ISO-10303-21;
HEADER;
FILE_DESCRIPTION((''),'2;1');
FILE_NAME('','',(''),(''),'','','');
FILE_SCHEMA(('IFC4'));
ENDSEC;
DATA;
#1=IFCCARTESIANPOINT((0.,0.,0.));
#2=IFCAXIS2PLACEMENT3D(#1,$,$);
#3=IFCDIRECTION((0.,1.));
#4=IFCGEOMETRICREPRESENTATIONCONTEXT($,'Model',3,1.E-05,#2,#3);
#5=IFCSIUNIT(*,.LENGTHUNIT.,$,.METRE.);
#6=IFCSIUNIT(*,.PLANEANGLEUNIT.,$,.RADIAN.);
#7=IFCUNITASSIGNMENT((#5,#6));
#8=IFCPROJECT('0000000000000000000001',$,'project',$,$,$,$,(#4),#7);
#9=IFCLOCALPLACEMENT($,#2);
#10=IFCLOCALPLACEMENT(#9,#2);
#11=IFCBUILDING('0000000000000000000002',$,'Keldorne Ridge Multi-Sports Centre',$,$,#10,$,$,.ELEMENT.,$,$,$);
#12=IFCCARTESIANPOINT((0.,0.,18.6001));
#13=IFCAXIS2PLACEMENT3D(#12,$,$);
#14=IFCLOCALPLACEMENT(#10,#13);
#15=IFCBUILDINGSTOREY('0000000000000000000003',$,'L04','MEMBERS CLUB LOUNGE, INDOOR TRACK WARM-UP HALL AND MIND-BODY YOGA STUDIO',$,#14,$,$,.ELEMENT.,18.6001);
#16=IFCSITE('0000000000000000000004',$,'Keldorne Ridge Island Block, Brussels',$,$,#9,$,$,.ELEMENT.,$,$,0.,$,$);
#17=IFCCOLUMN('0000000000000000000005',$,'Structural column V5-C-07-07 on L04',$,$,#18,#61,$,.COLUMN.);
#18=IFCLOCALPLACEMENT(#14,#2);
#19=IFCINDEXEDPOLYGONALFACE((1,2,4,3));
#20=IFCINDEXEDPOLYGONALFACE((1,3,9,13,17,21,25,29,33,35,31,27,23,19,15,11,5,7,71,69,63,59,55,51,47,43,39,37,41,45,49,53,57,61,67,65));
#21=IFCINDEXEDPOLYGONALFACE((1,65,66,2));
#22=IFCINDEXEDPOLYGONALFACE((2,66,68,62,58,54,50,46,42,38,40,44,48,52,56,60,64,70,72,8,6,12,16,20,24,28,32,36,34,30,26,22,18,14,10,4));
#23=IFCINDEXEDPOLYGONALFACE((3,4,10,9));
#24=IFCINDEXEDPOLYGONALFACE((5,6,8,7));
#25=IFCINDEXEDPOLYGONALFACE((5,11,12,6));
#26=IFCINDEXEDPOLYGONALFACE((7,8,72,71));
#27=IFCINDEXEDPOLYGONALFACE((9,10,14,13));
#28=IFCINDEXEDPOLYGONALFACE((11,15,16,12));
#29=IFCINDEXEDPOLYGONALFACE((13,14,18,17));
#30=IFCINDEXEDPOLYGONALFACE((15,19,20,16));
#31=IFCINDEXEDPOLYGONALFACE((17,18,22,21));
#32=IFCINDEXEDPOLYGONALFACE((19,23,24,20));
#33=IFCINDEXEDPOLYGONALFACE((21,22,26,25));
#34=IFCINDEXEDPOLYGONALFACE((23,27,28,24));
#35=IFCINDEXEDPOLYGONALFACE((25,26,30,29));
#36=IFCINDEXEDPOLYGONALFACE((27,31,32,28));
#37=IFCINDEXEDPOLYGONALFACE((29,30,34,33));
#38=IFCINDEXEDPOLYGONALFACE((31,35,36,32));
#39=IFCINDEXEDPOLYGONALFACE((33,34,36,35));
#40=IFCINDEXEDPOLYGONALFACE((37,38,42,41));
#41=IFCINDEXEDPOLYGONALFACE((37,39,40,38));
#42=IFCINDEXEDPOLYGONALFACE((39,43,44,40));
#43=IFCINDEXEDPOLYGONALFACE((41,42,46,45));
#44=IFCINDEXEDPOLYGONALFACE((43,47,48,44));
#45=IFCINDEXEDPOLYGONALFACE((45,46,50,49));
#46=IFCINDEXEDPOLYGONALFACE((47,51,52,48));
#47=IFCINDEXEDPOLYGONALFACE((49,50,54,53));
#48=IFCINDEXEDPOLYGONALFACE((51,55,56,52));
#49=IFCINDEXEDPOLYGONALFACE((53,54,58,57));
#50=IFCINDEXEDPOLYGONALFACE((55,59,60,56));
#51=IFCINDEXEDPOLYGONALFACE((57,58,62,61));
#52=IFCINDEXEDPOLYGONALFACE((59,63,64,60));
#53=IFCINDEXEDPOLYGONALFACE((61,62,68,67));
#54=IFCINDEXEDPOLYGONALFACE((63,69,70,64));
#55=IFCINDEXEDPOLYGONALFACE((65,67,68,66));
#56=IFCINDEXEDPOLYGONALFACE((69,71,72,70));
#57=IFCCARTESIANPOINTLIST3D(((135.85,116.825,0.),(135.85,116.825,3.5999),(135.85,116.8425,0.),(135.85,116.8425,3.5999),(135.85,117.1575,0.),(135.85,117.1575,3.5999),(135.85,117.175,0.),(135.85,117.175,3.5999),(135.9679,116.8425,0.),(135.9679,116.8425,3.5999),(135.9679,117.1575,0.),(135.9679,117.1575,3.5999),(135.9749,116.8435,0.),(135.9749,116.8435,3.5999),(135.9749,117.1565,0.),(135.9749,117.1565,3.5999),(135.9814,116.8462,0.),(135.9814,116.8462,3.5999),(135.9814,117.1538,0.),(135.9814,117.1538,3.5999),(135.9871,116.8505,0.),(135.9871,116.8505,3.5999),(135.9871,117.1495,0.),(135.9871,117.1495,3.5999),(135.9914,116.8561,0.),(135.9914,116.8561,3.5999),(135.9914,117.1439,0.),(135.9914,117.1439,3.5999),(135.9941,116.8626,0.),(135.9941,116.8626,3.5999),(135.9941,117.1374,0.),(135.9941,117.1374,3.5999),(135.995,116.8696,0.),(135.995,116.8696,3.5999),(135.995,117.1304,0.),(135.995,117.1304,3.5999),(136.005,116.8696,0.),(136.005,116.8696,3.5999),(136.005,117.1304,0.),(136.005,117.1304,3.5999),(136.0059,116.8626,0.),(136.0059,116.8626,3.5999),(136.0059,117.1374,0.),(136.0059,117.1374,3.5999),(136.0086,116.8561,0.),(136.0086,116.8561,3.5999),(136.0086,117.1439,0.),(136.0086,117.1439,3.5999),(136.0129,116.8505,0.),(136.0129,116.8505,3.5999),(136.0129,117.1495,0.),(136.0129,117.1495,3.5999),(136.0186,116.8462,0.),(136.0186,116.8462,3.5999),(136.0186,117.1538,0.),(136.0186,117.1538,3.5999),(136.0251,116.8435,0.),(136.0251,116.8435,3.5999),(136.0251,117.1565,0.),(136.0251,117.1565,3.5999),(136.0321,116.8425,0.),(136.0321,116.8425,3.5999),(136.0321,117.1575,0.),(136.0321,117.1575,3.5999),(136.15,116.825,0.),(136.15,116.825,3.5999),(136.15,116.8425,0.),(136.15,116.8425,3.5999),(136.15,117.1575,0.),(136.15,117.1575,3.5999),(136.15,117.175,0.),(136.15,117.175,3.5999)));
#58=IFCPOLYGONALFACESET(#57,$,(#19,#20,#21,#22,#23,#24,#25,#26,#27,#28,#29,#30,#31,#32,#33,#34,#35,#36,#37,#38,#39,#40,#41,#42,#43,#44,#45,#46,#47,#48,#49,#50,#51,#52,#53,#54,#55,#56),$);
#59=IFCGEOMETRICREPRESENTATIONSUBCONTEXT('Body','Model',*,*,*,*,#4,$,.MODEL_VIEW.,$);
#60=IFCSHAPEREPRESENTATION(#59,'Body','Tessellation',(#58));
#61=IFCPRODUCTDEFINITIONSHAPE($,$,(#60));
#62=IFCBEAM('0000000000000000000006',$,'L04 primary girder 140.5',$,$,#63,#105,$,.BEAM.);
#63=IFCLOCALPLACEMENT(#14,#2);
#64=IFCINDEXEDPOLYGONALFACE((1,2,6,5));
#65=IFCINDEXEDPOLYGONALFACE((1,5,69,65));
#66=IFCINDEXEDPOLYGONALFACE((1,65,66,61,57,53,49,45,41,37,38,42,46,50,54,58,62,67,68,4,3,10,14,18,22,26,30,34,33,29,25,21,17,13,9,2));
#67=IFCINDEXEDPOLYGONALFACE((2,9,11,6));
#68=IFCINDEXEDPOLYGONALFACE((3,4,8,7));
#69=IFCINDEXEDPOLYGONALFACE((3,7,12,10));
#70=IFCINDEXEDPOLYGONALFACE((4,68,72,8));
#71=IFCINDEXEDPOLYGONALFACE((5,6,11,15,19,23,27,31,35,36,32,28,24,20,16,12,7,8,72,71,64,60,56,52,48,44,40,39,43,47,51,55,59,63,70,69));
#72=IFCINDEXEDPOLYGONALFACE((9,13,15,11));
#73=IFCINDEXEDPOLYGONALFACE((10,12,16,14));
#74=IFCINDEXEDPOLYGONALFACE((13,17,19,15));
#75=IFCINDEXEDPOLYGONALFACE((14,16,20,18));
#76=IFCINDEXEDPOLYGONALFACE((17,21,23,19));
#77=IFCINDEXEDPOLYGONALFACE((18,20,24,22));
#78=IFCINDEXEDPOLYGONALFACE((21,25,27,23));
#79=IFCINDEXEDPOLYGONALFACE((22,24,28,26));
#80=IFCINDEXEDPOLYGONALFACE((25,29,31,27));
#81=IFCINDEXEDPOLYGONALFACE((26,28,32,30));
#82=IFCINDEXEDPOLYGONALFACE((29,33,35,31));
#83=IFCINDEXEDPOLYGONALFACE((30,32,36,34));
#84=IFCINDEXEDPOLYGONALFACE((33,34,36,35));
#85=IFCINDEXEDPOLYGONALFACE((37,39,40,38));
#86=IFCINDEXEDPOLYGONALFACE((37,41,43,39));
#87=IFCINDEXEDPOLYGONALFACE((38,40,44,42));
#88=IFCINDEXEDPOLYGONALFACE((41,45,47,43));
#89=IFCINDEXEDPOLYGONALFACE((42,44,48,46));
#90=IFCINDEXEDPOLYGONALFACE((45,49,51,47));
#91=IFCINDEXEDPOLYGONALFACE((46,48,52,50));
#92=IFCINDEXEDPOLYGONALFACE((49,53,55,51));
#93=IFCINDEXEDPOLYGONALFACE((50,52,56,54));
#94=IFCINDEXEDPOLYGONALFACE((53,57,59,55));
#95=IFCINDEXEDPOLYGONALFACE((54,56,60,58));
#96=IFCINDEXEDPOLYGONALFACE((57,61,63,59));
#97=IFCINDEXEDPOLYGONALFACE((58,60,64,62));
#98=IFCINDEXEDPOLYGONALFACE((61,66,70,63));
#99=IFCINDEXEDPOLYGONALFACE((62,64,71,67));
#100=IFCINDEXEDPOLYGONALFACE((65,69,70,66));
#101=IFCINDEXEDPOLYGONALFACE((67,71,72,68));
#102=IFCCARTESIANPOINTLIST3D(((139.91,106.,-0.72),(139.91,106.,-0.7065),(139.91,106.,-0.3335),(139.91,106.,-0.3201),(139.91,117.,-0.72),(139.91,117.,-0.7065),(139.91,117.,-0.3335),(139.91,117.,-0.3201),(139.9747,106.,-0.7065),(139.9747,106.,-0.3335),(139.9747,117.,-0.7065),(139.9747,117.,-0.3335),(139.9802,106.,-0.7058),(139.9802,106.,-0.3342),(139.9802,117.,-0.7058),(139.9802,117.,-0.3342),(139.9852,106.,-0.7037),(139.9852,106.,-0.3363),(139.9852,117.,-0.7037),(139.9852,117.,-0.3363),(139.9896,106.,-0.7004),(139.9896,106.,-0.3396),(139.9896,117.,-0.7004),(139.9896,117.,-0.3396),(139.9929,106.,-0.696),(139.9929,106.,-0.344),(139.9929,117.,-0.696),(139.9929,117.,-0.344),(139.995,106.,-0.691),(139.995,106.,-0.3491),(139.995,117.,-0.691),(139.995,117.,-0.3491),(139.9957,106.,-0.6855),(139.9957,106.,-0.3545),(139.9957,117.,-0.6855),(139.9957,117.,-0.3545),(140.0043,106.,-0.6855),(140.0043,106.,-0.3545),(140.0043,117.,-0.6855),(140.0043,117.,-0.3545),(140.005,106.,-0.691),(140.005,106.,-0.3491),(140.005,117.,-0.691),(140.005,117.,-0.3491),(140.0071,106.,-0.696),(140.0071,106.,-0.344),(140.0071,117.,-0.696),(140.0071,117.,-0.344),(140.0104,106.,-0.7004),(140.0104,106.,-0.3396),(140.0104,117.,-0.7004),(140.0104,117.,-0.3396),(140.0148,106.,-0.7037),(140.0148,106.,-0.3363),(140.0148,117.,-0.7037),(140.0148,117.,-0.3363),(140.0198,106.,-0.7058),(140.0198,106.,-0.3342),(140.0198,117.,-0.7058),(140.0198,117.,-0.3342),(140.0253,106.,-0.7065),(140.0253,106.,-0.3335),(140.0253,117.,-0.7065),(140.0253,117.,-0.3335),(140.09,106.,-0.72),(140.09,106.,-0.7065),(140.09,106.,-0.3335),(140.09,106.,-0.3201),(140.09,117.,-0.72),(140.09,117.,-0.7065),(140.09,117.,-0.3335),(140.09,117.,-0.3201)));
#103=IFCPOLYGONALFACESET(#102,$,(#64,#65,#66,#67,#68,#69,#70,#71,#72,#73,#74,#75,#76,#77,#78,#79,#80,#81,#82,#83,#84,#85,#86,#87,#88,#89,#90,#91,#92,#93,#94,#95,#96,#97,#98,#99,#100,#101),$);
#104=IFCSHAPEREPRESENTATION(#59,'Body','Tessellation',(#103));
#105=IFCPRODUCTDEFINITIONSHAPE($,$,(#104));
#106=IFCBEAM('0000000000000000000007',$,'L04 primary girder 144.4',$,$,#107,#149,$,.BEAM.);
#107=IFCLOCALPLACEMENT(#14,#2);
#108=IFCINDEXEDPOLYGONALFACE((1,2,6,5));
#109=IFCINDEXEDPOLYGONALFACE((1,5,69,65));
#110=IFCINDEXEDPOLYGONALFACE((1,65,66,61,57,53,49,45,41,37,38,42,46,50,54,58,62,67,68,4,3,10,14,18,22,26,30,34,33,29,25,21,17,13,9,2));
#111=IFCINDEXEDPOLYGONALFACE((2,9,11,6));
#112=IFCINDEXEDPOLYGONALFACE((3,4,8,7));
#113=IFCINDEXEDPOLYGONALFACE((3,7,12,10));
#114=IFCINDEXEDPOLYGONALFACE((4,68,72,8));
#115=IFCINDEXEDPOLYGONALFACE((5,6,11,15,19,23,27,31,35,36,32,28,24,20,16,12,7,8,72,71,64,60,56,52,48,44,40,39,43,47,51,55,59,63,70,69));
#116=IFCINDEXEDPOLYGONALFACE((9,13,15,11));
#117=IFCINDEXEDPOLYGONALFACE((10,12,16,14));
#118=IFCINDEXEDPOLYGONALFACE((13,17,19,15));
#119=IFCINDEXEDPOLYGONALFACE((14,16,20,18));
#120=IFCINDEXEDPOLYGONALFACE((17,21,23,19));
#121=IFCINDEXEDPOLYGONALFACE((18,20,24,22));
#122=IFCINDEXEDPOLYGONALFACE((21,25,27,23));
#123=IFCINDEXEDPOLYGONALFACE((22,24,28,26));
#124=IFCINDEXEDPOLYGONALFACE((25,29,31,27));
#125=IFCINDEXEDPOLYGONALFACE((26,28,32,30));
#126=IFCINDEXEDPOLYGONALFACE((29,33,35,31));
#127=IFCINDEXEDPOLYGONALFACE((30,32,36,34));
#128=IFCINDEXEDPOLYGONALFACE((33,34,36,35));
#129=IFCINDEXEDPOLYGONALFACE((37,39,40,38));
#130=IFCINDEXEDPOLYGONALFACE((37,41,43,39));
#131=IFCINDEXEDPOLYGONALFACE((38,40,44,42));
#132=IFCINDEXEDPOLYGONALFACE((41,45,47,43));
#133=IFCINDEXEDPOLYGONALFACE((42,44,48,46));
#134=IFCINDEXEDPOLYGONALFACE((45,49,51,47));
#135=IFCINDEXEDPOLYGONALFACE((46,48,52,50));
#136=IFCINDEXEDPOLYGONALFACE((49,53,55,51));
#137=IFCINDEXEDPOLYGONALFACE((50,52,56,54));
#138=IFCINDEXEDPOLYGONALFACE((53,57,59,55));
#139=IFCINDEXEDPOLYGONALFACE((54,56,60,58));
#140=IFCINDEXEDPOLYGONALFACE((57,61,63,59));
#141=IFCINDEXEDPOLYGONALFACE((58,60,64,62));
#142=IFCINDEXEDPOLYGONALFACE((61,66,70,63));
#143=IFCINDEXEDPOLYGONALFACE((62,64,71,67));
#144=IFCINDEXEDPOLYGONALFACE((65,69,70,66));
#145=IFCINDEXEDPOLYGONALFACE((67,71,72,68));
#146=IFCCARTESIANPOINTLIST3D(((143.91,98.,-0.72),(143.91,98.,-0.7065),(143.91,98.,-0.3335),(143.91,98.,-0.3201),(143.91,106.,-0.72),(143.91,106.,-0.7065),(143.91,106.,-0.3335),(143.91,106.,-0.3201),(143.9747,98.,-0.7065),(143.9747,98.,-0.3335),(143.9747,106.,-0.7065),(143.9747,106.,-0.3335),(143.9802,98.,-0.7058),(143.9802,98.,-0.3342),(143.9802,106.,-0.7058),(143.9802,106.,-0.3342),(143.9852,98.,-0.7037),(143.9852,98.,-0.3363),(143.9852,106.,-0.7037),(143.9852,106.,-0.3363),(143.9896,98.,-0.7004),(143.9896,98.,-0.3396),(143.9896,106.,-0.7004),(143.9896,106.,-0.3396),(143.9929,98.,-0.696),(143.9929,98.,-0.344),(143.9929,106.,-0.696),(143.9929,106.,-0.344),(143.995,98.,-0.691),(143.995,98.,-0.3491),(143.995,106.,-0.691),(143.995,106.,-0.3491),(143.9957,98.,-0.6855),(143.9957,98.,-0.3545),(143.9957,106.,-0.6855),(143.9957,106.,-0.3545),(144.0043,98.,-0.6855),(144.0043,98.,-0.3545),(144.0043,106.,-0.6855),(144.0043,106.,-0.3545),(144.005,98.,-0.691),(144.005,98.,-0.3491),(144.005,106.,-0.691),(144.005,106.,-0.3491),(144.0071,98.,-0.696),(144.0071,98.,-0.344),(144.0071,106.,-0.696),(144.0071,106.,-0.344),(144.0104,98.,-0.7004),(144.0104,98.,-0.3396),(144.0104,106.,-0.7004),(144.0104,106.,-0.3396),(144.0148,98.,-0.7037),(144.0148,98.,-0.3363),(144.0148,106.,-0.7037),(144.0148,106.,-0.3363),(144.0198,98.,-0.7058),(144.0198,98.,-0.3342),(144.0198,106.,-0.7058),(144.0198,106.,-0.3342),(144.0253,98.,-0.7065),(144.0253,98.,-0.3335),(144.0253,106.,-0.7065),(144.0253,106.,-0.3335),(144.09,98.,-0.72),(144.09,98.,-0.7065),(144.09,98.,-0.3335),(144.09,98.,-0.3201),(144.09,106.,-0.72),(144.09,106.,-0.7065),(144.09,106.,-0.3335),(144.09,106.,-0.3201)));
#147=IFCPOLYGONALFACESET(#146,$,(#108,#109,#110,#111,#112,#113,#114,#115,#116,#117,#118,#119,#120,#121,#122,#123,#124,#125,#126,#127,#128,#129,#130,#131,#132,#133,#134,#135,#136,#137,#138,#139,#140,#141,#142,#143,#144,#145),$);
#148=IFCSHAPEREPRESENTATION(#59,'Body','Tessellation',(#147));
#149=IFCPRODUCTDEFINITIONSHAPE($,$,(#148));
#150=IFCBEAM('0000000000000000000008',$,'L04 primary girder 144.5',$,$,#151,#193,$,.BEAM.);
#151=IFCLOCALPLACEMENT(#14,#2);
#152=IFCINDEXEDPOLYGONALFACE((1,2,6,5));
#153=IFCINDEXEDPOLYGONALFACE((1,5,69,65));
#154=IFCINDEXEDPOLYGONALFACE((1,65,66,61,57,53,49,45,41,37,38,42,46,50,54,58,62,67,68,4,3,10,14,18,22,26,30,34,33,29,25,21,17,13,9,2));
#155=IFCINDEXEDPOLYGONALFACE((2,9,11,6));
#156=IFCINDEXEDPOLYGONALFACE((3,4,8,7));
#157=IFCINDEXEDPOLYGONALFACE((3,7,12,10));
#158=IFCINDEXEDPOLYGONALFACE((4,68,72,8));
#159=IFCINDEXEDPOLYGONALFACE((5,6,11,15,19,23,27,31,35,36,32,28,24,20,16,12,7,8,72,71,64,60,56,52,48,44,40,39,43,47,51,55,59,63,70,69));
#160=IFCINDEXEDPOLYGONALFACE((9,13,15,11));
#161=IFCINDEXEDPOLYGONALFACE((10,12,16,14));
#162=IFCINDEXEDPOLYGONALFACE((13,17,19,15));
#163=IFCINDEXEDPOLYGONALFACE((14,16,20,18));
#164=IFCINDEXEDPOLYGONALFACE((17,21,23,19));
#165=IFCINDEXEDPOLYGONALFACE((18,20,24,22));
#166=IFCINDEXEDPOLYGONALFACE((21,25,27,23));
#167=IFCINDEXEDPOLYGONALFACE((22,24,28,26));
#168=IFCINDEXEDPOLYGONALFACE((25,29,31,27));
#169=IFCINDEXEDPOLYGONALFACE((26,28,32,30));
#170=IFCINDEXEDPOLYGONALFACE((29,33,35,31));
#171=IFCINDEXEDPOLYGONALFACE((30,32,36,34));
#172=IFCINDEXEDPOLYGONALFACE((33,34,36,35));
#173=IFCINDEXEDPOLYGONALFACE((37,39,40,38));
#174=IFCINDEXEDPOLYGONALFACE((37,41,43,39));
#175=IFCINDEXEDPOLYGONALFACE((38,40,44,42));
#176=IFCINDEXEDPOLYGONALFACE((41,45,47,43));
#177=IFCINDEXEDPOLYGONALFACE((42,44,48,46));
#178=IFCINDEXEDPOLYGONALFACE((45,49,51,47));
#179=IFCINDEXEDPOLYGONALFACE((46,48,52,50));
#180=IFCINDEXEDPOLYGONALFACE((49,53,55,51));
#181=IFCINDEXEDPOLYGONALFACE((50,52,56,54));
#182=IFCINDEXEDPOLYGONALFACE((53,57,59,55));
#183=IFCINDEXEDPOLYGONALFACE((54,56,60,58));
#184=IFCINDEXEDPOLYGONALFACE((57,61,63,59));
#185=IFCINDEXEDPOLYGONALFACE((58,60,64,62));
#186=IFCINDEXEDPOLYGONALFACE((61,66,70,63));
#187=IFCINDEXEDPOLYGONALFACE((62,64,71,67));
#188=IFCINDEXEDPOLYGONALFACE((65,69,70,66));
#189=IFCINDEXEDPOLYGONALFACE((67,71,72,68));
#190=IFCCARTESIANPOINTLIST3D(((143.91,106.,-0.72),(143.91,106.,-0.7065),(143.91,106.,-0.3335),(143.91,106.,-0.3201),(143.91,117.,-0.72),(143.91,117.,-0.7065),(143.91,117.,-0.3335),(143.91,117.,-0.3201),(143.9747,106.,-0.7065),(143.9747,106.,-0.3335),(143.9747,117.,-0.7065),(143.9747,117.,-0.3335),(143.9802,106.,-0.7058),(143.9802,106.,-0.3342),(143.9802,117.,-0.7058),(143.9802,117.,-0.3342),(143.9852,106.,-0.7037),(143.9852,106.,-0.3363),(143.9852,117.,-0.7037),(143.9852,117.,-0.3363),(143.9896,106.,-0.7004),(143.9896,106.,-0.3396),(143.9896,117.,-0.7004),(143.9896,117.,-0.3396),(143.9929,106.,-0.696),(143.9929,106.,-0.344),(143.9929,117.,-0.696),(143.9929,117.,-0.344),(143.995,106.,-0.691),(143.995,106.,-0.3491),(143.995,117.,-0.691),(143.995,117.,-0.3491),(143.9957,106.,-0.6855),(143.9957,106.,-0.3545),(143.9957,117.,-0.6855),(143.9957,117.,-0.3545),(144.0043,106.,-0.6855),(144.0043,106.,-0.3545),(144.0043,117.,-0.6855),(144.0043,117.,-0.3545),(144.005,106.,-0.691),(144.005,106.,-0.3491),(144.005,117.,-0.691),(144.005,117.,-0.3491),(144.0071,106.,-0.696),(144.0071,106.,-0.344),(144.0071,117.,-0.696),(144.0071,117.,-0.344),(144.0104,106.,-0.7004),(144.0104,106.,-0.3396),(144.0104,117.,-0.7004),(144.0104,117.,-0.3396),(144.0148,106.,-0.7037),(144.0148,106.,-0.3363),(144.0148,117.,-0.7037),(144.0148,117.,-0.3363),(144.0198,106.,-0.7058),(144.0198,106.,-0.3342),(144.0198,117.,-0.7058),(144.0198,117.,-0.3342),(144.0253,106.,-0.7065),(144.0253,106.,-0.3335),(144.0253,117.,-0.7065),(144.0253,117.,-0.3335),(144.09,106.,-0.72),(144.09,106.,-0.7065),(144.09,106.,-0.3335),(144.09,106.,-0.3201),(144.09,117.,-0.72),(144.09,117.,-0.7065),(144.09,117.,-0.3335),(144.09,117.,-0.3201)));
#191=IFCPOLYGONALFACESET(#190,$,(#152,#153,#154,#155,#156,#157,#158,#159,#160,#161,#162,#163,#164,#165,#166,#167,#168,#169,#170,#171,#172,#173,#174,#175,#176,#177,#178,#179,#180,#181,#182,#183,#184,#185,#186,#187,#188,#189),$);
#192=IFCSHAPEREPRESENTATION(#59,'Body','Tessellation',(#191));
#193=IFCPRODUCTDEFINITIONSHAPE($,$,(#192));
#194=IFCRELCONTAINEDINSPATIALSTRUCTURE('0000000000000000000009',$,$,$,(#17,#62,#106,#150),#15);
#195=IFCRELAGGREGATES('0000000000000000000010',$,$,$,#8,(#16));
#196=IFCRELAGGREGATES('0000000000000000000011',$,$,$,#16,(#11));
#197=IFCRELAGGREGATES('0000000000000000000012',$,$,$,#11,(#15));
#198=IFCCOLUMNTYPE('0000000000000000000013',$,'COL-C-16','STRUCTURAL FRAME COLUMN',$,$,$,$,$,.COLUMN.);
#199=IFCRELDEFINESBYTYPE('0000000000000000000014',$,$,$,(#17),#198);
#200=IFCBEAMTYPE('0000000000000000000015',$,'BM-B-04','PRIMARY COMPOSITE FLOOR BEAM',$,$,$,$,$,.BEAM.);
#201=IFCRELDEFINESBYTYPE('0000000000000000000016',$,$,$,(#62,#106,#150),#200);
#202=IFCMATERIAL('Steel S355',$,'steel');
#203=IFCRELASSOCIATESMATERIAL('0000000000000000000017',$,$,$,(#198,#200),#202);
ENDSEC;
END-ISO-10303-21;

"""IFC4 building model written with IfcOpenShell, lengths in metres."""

from ifc_helpers import new_model, si_unit, direction, frame, origin, origin_2d, place, context, subcontext, project, spatial, i_section, extrude, material, material_profile, profile_set, type_object, element, save


model = new_model("IFC4")

# Units and contexts
model_context = context("Model", 3, precision=1e-05, world=origin(), true_north=direction((0.0, 1.0)))
body_context = subcontext(model_context, "Body", "Model", "MODEL_VIEW")
ifc_project = project(units=[si_unit("LENGTHUNIT", "METRE"), si_unit("PLANEANGLEUNIT", "RADIAN")], contexts=[model_context])

# Site, building, storey
site_placement = place(None, origin())
site = spatial("IfcSite", under=ifc_project, at=site_placement, Name="Keldorne Ridge Island Block, Brussels", CompositionType="ELEMENT", RefElevation=0.0)
building_placement = place(site_placement, origin())
building = spatial("IfcBuilding", under=site, at=building_placement, Name="Keldorne Ridge Multi-Sports Centre", CompositionType="ELEMENT")
storey_placement = place(building_placement, frame((0.0, 0.0, 18.6001)))
storey = spatial("IfcBuildingStorey", under=building, at=storey_placement, Name="L04", Description="MEMBERS CLUB LOUNGE, INDOOR TRACK WARM-UP HALL AND MIND-BODY YOGA STUDIO", CompositionType="ELEMENT", Elevation=18.6001)

# Column
ifc_material_1 = material(Name="Steel S355", Category="steel")
ifc_material_profile_1 = material_profile(ifc_material_1, i_section(OverallWidth=0.3, OverallDepth=0.3501, WebThickness=0.01, FlangeThickness=0.0176, FilletRadius=0.0271, at=origin_2d()), Name="HEA 360")
ifc_profile_set_1 = profile_set([ifc_material_profile_1], Name="Steel S355")
column_type = type_object("IfcColumnType", Name="COL-C-16", Description="STRUCTURAL FRAME COLUMN", PredefinedType="COLUMN", material=ifc_profile_set_1)
column_placement = place(storey_placement, frame((136.0, 117.0, 0.0), z_axis=(0.0, 0.0, 1.0), x_axis=(1.0, 0.0, 0.0)))
element("IfcColumn", 1, at=column_placement, inside=storey, type_object=column_type, Name="Structural column V5-C-07-07 on L04", PredefinedType="COLUMN", context=body_context, shape_type="SweptSolid", body=[
    extrude(i_section(OverallWidth=0.3, OverallDepth=0.3501, WebThickness=0.01, FlangeThickness=0.0176, FilletRadius=0.0271, at=origin_2d()), origin(), (0.0, 0.0, 1.0), 3.5999),
])

# Beams
ifc_material_profile_2 = material_profile(ifc_material_1, i_section(OverallWidth=0.1799, OverallDepth=0.3999, WebThickness=0.0085, FlangeThickness=0.0134, FilletRadius=0.021, at=origin_2d()), Name="IPE 400")
ifc_profile_set_2 = profile_set([ifc_material_profile_2], Name="Steel S355")
beam_type_1 = type_object("IfcBeamType", Name="BM-B-04", Description="PRIMARY COMPOSITE FLOOR BEAM", PredefinedType="BEAM", material=ifc_profile_set_2)
beam_1_placement = place(storey_placement, frame((140.0, 106.0, -0.52), z_axis=(0.0, 1.0, 0.0), x_axis=(-1.0, 0.0, 0.0)))
element("IfcBeam", 2, at=beam_1_placement, inside=storey, type_object=beam_type_1, Name="L04 primary girder 140.5", PredefinedType="BEAM", context=body_context, shape_type="SweptSolid", body=[
    extrude(i_section(OverallWidth=0.1799, OverallDepth=0.3999, WebThickness=0.0085, FlangeThickness=0.0134, FilletRadius=0.021, at=origin_2d()), origin(), (0.0, 0.0, 1.0), 11.0),
])
beam_2_placement = place(storey_placement, frame((144.0, 98.0, -0.52), z_axis=(0.0, 1.0, 0.0), x_axis=(-1.0, 0.0, 0.0)))
element("IfcBeam", 3, at=beam_2_placement, inside=storey, type_object=beam_type_1, Name="L04 primary girder 144.4", PredefinedType="BEAM", context=body_context, shape_type="SweptSolid", body=[
    extrude(i_section(OverallWidth=0.1799, OverallDepth=0.3999, WebThickness=0.0085, FlangeThickness=0.0134, FilletRadius=0.021, at=origin_2d()), origin(), (0.0, 0.0, 1.0), 8.0),
])
beam_3_placement = place(storey_placement, frame((144.0, 106.0, -0.52), z_axis=(0.0, 1.0, 0.0), x_axis=(-1.0, 0.0, 0.0)))
element("IfcBeam", 4, at=beam_3_placement, inside=storey, type_object=beam_type_1, Name="L04 primary girder 144.5", PredefinedType="BEAM", context=body_context, shape_type="SweptSolid", body=[
    extrude(i_section(OverallWidth=0.1799, OverallDepth=0.3999, WebThickness=0.0085, FlangeThickness=0.0134, FilletRadius=0.021, at=origin_2d()), origin(), (0.0, 0.0, 1.0), 11.0),
])

save(model, "model.ifc")
